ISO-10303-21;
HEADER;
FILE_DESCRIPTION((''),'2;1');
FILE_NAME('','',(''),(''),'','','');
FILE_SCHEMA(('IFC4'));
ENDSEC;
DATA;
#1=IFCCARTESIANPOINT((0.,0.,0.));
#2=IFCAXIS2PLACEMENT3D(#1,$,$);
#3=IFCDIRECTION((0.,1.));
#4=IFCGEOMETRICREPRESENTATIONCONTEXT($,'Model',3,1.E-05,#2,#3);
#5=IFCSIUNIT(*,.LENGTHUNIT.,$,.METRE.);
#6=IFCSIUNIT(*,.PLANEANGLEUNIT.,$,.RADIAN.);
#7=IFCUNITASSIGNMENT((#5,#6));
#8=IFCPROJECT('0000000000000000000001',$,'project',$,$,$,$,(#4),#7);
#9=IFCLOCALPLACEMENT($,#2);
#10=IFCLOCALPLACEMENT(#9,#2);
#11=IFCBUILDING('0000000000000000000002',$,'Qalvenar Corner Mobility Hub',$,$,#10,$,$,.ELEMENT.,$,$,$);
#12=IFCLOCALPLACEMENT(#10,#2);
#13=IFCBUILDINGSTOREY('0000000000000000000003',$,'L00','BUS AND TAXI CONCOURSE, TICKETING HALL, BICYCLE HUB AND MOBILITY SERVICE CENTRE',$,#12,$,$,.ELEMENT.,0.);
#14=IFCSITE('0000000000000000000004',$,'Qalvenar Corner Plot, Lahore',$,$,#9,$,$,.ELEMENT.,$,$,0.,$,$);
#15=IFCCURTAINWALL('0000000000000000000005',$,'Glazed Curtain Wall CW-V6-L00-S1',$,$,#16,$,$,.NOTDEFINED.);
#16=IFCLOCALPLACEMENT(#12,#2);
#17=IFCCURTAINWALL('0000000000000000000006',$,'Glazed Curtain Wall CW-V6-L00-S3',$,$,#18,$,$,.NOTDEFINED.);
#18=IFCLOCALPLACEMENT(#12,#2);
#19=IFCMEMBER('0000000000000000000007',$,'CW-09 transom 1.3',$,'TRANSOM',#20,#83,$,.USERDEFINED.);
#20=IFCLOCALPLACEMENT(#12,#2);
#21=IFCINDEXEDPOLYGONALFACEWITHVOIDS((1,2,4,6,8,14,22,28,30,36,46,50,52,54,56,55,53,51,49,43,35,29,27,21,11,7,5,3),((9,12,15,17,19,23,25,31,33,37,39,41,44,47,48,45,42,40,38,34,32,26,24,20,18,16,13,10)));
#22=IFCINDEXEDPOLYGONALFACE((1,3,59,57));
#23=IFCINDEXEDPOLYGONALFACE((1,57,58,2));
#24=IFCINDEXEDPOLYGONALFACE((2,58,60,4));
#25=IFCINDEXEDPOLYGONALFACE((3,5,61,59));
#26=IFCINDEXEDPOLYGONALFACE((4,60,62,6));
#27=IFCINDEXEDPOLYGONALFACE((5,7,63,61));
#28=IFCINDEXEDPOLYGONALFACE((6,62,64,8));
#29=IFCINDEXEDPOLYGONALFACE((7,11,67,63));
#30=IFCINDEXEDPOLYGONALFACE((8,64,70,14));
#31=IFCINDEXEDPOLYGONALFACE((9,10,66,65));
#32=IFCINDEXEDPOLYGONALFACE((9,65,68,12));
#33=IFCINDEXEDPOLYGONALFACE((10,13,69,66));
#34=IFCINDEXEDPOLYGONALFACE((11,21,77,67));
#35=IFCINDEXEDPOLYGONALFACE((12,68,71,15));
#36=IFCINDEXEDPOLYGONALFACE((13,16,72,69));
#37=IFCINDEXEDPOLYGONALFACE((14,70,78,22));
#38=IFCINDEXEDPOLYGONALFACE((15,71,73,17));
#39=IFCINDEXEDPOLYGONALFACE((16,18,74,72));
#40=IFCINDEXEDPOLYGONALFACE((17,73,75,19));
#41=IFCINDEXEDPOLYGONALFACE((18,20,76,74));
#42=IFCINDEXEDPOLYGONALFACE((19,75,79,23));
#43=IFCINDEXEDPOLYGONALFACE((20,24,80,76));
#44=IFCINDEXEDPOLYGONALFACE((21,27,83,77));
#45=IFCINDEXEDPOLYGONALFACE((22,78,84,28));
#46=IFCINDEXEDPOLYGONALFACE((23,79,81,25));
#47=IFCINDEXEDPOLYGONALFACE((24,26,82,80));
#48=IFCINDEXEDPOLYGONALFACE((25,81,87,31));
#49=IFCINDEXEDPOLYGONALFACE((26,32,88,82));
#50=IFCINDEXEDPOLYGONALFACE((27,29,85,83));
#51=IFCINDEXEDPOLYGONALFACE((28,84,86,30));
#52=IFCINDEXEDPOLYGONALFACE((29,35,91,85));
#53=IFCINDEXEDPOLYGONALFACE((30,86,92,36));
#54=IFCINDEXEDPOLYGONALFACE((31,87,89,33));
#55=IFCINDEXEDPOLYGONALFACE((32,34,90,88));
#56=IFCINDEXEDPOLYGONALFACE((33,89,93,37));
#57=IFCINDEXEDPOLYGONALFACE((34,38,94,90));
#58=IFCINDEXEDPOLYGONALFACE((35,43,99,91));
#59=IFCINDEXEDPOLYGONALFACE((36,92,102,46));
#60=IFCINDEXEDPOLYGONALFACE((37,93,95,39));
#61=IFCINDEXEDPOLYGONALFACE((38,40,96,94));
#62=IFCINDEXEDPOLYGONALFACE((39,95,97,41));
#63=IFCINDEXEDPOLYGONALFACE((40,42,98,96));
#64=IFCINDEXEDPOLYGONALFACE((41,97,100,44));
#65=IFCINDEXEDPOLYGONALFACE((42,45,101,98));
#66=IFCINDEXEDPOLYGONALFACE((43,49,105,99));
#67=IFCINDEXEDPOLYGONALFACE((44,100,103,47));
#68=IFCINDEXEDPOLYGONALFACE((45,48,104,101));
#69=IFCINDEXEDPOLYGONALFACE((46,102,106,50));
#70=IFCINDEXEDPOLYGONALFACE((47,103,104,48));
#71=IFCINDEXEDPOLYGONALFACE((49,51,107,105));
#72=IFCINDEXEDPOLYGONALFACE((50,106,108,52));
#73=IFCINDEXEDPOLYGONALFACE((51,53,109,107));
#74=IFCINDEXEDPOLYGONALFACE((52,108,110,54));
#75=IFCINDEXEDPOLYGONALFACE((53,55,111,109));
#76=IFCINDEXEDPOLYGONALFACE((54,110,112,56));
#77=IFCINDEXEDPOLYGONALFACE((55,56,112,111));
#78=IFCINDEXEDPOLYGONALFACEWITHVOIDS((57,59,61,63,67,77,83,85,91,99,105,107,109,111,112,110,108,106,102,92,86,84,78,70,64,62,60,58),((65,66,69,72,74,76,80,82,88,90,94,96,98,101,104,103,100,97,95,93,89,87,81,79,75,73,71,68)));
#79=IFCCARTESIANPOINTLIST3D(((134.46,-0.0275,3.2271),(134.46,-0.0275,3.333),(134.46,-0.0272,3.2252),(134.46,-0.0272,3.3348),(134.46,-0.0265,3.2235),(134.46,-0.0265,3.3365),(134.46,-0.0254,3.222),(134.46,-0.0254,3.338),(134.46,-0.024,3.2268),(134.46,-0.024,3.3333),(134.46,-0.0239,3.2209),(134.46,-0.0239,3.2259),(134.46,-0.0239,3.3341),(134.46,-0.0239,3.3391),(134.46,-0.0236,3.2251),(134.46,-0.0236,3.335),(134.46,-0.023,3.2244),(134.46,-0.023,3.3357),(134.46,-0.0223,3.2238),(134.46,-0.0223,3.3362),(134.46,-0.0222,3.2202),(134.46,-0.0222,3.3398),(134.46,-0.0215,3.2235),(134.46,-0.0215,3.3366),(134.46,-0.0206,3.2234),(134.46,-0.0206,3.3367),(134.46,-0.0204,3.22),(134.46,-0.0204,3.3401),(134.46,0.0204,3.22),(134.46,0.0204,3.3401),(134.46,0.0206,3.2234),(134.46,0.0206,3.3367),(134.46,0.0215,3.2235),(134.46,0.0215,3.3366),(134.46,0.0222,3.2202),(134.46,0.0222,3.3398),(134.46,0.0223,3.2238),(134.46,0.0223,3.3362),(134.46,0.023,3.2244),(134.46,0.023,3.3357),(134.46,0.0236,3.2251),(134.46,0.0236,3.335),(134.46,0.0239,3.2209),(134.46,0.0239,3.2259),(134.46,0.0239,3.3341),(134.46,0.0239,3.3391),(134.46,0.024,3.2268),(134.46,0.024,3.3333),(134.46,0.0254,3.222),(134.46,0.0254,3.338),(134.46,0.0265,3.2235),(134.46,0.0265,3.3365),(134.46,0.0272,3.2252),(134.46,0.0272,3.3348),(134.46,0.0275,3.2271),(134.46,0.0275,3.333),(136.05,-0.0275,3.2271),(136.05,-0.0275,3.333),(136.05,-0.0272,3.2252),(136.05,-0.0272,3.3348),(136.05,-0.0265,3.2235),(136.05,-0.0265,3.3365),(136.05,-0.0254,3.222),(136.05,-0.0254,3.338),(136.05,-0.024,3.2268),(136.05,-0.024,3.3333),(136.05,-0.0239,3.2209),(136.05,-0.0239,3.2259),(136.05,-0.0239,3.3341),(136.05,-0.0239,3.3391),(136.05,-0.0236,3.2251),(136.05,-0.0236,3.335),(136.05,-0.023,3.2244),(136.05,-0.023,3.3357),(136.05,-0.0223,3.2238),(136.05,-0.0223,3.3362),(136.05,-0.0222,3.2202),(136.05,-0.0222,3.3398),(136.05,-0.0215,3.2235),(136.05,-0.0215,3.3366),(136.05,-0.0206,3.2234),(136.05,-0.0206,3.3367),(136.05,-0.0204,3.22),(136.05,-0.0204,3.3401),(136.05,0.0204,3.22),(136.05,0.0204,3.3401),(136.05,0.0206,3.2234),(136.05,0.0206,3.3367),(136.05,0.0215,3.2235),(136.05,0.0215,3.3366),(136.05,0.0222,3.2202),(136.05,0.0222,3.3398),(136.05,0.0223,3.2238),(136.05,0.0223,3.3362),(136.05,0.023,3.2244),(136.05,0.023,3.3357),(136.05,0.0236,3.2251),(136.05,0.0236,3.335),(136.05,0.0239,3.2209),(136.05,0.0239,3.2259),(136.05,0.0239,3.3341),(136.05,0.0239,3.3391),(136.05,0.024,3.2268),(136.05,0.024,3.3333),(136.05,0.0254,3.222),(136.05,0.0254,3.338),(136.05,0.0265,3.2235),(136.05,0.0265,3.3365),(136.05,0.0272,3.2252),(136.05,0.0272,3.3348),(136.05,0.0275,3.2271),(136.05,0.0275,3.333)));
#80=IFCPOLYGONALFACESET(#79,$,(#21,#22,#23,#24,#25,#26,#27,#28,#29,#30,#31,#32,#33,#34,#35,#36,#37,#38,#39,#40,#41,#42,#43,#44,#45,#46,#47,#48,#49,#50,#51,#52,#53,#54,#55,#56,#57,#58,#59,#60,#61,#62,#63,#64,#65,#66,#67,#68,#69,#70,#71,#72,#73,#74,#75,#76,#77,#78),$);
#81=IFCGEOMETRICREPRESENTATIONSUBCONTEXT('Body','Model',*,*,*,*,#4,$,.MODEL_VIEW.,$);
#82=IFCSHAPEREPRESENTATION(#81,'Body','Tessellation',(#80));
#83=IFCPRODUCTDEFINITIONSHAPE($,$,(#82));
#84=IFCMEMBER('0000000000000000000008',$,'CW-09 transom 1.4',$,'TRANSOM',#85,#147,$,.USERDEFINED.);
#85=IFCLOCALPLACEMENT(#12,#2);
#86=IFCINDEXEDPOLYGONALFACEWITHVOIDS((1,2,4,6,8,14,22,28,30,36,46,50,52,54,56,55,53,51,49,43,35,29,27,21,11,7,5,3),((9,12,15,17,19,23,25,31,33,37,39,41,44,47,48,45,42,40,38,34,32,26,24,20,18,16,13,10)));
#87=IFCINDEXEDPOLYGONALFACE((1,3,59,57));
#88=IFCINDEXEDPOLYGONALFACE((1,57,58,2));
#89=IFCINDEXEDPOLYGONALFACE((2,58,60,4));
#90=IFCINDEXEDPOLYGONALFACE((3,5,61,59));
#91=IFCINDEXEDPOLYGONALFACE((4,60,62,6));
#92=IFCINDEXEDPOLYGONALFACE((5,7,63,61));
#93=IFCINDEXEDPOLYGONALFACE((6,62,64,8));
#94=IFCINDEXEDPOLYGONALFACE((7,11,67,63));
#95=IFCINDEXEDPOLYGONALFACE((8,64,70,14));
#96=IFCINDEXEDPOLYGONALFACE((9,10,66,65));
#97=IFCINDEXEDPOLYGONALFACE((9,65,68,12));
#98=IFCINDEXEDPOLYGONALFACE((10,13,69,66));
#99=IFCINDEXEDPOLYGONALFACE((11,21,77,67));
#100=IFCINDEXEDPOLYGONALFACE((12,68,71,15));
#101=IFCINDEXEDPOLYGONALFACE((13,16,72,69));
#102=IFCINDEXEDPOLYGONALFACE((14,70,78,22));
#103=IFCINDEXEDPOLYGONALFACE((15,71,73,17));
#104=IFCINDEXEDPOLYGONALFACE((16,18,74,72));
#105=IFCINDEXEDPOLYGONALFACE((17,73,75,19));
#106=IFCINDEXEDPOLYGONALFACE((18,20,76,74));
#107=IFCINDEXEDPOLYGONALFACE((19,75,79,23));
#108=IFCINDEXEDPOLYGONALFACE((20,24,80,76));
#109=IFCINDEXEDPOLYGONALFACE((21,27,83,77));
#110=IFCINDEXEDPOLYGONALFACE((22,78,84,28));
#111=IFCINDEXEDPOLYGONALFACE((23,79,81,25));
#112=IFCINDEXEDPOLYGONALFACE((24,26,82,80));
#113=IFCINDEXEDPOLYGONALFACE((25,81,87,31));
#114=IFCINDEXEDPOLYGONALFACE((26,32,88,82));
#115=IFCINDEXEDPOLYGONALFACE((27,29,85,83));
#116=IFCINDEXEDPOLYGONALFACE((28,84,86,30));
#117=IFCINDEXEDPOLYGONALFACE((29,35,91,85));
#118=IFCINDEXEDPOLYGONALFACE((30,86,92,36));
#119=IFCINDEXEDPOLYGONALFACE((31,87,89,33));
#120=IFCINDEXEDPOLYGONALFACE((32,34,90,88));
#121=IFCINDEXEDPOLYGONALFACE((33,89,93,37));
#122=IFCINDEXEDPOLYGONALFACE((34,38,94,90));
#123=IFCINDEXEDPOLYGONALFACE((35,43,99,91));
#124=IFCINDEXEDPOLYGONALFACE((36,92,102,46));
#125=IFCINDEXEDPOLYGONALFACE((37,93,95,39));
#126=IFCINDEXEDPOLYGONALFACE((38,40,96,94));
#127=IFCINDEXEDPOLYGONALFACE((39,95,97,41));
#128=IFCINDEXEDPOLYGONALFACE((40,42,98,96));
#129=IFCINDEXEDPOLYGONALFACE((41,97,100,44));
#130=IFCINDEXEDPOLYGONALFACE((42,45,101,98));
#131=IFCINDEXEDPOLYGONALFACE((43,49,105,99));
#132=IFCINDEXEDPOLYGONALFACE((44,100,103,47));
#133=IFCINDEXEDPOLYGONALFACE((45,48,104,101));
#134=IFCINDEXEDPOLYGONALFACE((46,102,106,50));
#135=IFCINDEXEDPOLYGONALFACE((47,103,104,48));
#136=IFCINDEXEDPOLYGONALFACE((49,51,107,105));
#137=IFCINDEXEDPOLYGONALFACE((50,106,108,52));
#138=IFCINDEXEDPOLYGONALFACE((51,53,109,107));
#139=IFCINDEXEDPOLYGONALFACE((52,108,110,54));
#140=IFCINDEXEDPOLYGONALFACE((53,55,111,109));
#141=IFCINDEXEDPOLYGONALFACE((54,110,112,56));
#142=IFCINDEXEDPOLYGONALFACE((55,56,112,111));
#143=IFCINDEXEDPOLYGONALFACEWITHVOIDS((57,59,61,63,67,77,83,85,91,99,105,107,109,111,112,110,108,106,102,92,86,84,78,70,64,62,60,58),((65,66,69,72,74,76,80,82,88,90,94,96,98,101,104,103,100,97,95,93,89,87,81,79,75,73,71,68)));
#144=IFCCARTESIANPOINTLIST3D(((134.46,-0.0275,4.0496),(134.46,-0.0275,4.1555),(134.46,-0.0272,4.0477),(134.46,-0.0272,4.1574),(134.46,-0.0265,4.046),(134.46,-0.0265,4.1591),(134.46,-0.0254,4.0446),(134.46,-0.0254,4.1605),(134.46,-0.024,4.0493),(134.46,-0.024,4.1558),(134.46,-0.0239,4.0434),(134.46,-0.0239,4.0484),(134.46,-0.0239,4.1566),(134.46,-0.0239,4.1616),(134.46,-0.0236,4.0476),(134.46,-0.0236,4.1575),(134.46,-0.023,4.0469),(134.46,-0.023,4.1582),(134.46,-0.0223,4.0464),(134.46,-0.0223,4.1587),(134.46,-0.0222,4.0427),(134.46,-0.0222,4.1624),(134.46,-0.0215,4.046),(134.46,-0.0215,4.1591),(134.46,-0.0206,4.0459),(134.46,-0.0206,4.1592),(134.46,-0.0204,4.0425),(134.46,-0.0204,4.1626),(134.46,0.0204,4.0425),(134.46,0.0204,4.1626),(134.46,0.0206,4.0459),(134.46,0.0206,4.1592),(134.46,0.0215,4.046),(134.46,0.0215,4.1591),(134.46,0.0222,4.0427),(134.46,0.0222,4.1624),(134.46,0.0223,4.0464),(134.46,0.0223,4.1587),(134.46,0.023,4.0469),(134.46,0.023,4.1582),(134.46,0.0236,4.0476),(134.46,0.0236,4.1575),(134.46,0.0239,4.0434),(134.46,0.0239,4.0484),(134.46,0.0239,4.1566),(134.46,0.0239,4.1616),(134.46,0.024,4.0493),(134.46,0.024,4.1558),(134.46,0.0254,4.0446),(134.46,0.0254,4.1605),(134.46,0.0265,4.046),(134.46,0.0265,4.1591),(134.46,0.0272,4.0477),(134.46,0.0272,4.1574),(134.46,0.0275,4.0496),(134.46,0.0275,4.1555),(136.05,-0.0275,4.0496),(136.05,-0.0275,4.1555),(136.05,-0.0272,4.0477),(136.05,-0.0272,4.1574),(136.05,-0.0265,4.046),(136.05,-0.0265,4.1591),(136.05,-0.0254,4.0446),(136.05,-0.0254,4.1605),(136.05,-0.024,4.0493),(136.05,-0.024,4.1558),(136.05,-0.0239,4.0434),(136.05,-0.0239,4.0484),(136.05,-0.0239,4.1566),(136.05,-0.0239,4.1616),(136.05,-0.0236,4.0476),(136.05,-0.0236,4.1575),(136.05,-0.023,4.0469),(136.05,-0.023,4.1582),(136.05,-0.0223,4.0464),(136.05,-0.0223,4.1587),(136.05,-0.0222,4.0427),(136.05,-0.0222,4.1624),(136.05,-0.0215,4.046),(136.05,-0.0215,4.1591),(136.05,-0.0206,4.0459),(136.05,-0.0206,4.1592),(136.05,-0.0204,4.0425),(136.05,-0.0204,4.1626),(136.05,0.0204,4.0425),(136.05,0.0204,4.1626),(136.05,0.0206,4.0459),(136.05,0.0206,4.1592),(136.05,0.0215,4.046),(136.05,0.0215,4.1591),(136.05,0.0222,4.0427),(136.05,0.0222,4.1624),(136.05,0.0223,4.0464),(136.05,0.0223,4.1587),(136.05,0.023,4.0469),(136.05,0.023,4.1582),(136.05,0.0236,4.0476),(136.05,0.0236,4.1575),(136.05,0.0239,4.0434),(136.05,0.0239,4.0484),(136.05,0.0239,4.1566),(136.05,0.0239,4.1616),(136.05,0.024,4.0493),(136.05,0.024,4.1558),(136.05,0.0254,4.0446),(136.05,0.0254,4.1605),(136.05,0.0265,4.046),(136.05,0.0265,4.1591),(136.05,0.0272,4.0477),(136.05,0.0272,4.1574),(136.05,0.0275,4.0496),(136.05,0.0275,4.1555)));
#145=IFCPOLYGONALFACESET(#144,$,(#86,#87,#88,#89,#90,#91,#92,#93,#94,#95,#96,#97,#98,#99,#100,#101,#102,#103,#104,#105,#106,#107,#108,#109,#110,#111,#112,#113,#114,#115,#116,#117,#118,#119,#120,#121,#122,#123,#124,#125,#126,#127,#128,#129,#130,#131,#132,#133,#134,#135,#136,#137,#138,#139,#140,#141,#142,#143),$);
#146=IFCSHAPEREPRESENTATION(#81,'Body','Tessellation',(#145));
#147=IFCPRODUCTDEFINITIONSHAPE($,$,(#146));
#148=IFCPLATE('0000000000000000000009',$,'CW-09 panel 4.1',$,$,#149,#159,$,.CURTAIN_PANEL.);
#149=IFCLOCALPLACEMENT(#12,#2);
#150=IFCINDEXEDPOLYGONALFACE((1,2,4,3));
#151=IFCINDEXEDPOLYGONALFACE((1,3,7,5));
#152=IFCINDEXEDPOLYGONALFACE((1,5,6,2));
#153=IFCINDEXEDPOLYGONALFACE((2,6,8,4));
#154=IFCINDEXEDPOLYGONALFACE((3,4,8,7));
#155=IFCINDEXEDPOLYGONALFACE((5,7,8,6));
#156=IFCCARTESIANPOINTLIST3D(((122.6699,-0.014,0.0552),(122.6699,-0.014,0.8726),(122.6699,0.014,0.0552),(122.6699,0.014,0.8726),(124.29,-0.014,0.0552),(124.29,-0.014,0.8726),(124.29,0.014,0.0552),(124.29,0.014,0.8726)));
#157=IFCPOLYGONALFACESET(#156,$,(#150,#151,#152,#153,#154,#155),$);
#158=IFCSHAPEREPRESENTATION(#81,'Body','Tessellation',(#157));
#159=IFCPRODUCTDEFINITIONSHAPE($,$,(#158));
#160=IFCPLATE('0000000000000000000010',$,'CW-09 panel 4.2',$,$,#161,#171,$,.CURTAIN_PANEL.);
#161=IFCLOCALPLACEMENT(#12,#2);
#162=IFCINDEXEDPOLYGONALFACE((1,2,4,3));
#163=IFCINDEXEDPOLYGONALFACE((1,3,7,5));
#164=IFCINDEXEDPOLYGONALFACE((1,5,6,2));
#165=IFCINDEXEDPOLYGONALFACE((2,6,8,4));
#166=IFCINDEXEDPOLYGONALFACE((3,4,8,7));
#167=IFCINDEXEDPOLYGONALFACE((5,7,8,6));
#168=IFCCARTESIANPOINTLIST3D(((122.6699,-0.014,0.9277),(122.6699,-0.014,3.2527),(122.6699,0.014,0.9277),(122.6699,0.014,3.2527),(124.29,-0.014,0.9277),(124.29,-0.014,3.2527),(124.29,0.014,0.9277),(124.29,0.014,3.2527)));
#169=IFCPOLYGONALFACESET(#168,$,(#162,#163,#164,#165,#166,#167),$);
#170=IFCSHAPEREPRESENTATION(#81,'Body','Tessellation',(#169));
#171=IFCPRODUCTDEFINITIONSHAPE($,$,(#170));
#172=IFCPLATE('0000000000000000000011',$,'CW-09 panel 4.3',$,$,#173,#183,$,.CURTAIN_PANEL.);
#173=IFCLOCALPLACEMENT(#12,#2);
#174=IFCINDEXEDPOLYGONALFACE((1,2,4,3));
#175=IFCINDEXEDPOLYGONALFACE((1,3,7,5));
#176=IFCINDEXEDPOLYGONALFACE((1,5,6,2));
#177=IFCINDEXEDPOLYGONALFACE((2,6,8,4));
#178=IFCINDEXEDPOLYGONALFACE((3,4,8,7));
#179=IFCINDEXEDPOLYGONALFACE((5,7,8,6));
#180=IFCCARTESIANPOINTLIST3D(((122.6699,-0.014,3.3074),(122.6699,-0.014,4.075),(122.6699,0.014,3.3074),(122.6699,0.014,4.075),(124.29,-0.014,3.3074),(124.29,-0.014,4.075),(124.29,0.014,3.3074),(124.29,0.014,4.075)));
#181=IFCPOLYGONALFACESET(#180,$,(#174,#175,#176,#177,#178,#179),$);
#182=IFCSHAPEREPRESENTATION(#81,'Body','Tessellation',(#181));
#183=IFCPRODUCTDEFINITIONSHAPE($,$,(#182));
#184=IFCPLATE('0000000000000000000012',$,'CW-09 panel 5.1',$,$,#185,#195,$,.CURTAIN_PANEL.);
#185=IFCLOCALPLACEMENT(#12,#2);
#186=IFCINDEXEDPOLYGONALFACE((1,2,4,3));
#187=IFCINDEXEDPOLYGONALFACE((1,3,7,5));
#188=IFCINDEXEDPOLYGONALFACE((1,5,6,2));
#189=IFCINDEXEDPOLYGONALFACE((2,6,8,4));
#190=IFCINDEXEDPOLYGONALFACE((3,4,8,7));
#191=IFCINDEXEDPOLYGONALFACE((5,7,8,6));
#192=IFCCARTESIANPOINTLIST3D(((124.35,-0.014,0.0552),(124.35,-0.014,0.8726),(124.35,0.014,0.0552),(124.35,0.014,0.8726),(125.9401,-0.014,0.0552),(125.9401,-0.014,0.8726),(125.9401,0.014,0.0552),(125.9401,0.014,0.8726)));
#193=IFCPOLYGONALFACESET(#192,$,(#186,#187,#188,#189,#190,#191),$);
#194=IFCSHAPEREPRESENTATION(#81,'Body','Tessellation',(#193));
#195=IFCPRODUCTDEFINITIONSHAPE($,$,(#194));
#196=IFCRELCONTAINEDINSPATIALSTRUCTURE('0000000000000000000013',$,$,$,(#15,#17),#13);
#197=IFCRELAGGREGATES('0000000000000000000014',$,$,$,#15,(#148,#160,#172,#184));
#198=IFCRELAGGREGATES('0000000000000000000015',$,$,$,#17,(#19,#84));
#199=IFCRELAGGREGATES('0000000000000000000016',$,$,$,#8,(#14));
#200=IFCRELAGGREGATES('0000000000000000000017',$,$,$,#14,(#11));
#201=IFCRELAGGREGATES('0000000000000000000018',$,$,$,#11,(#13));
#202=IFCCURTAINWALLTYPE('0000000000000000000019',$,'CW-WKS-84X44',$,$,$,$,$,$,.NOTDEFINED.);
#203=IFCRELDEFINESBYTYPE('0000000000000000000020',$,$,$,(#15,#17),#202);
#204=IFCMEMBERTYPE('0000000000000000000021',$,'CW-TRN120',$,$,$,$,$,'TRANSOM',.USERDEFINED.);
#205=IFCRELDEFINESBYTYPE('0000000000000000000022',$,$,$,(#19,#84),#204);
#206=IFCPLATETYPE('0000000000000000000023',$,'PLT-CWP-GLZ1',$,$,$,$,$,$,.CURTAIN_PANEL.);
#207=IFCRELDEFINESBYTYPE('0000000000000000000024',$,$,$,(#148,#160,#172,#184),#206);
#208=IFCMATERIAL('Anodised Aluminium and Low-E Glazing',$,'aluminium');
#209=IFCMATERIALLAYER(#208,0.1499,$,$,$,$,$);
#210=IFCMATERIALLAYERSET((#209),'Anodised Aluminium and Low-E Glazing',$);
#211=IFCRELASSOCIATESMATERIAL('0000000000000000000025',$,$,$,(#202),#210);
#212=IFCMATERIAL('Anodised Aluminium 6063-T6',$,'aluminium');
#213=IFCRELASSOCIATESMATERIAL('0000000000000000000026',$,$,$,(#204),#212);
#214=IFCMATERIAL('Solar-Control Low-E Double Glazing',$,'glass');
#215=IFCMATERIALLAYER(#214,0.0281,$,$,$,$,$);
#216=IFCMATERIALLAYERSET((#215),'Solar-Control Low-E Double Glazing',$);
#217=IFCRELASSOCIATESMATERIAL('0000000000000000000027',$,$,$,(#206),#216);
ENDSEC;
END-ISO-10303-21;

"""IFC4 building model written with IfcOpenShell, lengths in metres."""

from ifc_helpers import new_model, si_unit, direction, frame, origin, origin_2d, place, context, subcontext, project, spatial, rectangle, hollow_rectangle, extrude, material, layer, layer_set, material_profile, profile_set, type_object, element, aggregate, save


model = new_model("IFC4")

# Units and contexts
model_context = context("Model", 3, precision=1e-05, world=origin(), true_north=direction((0.0, 1.0)))
body_context = subcontext(model_context, "Body", "Model", "MODEL_VIEW")
ifc_project = project(units=[si_unit("LENGTHUNIT", "METRE"), si_unit("PLANEANGLEUNIT", "RADIAN")], contexts=[model_context])

# Site, building, storey
site_placement = place(None, origin())
site = spatial("IfcSite", under=ifc_project, at=site_placement, Name="Qalvenar Corner Plot, Lahore", CompositionType="ELEMENT", RefElevation=0.0)
building_placement = place(site_placement, origin())
building = spatial("IfcBuilding", under=site, at=building_placement, Name="Qalvenar Corner Mobility Hub", CompositionType="ELEMENT")
storey_placement = place(building_placement, origin())
storey = spatial("IfcBuildingStorey", under=building, at=storey_placement, Name="L00", Description="BUS AND TAXI CONCOURSE, TICKETING HALL, BICYCLE HUB AND MOBILITY SERVICE CENTRE", CompositionType="ELEMENT", Elevation=0.0)

# Curtain wall
ifc_material_1 = material(Name="Anodised Aluminium and Low-E Glazing", Category="aluminium")
ifc_layer_1 = layer(ifc_material_1, 0.1499)
ifc_layer_set_1 = layer_set([ifc_layer_1], Name="Anodised Aluminium and Low-E Glazing")
curtain_wall_type = type_object("IfcCurtainWallType", Name="CW-WKS-84X44", PredefinedType="NOTDEFINED", material=ifc_layer_set_1)
curtain_wall_1_placement = place(storey_placement, origin())
curtain_wall_1 = element("IfcCurtainWall", 1, at=curtain_wall_1_placement, inside=storey, type_object=curtain_wall_type, Name="Glazed Curtain Wall CW-V6-L00-S1", PredefinedType="NOTDEFINED")
ifc_material_2 = material(Name="Anodised Aluminium 6063-T6", Category="aluminium")

# Curtain wall
curtain_wall_2_placement = place(storey_placement, origin())
curtain_wall_2 = element("IfcCurtainWall", 2, at=curtain_wall_2_placement, inside=storey, type_object=curtain_wall_type, Name="Glazed Curtain Wall CW-V6-L00-S3", PredefinedType="NOTDEFINED")

# Members
ifc_material_profile_1 = material_profile(ifc_material_2, hollow_rectangle(XDim=0.0549, YDim=0.1201, WallThickness=0.0034, InnerFilletRadius=0.0034, OuterFilletRadius=0.0071, at=origin_2d()), Name="RHS120x55x3.5")
ifc_profile_set_1 = profile_set([ifc_material_profile_1], Name="Anodised Aluminium 6063-T6")
member_type_1 = type_object("IfcMemberType", Name="CW-TRN120", ElementType="TRANSOM", PredefinedType="USERDEFINED", material=ifc_profile_set_1)
member_1_placement = place(storey_placement, frame((134.46, 0.0, 3.28), z_axis=(1.0, 0.0, 0.0), x_axis=(0.0, 1.0, 0.0)))
member_1 = element("IfcMember", 3, at=member_1_placement, type_object=member_type_1, Name="CW-09 transom 1.3", ObjectType="TRANSOM", PredefinedType="USERDEFINED", context=body_context, shape_type="SweptSolid", body=[
    extrude(hollow_rectangle(XDim=0.0549, YDim=0.1201, WallThickness=0.0034, InnerFilletRadius=0.0034, OuterFilletRadius=0.0071, at=origin_2d()), origin(), (0.0, 0.0, 1.0), 1.5901),
])
member_2_placement = place(storey_placement, frame((134.46, 0.0, 4.1025), z_axis=(1.0, 0.0, 0.0), x_axis=(0.0, 1.0, 0.0)))
member_2 = element("IfcMember", 4, at=member_2_placement, type_object=member_type_1, Name="CW-09 transom 1.4", ObjectType="TRANSOM", PredefinedType="USERDEFINED", context=body_context, shape_type="SweptSolid", body=[
    extrude(hollow_rectangle(XDim=0.0549, YDim=0.1201, WallThickness=0.0034, InnerFilletRadius=0.0034, OuterFilletRadius=0.0071, at=origin_2d()), origin(), (0.0, 0.0, 1.0), 1.5901),
])

# Plates
ifc_material_3 = material(Name="Solar-Control Low-E Double Glazing", Category="glass")
ifc_layer_2 = layer(ifc_material_3, 0.0281)
ifc_layer_set_2 = layer_set([ifc_layer_2], Name="Solar-Control Low-E Double Glazing")
plate_type = type_object("IfcPlateType", Name="PLT-CWP-GLZ1", PredefinedType="CURTAIN_PANEL", material=ifc_layer_set_2)
plate_1_placement = place(storey_placement, frame((123.48, 0.0, 0.0552), z_axis=(0.0, 0.0, 1.0), x_axis=(1.0, 0.0, 0.0)))
plate_1 = element("IfcPlate", 5, at=plate_1_placement, type_object=plate_type, Name="CW-09 panel 4.1", PredefinedType="CURTAIN_PANEL", context=body_context, shape_type="SweptSolid", body=[
    extrude(rectangle(XDim=1.6201, YDim=0.0281, at=origin_2d()), origin(), (0.0, 0.0, 1.0), 0.8174),
])
plate_2_placement = place(storey_placement, frame((123.48, 0.0, 0.9277), z_axis=(0.0, 0.0, 1.0), x_axis=(1.0, 0.0, 0.0)))
plate_2 = element("IfcPlate", 6, at=plate_2_placement, type_object=plate_type, Name="CW-09 panel 4.2", PredefinedType="CURTAIN_PANEL", context=body_context, shape_type="SweptSolid", body=[
    extrude(rectangle(XDim=1.6201, YDim=0.0281, at=origin_2d()), origin(), (0.0, 0.0, 1.0), 2.325),
])
plate_3_placement = place(storey_placement, frame((123.48, 0.0, 3.3074), z_axis=(0.0, 0.0, 1.0), x_axis=(1.0, 0.0, 0.0)))
plate_3 = element("IfcPlate", 7, at=plate_3_placement, type_object=plate_type, Name="CW-09 panel 4.3", PredefinedType="CURTAIN_PANEL", context=body_context, shape_type="SweptSolid", body=[
    extrude(rectangle(XDim=1.6201, YDim=0.0281, at=origin_2d()), origin(), (0.0, 0.0, 1.0), 0.7676),
])
plate_4_placement = place(storey_placement, frame((125.145, 0.0, 0.0552), z_axis=(0.0, 0.0, 1.0), x_axis=(1.0, 0.0, 0.0)))
plate_4 = element("IfcPlate", 8, at=plate_4_placement, type_object=plate_type, Name="CW-09 panel 5.1", PredefinedType="CURTAIN_PANEL", context=body_context, shape_type="SweptSolid", body=[
    extrude(rectangle(XDim=1.5901, YDim=0.0281, at=origin_2d()), origin(), (0.0, 0.0, 1.0), 0.8174),
])
aggregate(curtain_wall_1, [plate_1, plate_2, plate_3, plate_4])
aggregate(curtain_wall_2, [member_1, member_2])

save(model, "model.ifc")
